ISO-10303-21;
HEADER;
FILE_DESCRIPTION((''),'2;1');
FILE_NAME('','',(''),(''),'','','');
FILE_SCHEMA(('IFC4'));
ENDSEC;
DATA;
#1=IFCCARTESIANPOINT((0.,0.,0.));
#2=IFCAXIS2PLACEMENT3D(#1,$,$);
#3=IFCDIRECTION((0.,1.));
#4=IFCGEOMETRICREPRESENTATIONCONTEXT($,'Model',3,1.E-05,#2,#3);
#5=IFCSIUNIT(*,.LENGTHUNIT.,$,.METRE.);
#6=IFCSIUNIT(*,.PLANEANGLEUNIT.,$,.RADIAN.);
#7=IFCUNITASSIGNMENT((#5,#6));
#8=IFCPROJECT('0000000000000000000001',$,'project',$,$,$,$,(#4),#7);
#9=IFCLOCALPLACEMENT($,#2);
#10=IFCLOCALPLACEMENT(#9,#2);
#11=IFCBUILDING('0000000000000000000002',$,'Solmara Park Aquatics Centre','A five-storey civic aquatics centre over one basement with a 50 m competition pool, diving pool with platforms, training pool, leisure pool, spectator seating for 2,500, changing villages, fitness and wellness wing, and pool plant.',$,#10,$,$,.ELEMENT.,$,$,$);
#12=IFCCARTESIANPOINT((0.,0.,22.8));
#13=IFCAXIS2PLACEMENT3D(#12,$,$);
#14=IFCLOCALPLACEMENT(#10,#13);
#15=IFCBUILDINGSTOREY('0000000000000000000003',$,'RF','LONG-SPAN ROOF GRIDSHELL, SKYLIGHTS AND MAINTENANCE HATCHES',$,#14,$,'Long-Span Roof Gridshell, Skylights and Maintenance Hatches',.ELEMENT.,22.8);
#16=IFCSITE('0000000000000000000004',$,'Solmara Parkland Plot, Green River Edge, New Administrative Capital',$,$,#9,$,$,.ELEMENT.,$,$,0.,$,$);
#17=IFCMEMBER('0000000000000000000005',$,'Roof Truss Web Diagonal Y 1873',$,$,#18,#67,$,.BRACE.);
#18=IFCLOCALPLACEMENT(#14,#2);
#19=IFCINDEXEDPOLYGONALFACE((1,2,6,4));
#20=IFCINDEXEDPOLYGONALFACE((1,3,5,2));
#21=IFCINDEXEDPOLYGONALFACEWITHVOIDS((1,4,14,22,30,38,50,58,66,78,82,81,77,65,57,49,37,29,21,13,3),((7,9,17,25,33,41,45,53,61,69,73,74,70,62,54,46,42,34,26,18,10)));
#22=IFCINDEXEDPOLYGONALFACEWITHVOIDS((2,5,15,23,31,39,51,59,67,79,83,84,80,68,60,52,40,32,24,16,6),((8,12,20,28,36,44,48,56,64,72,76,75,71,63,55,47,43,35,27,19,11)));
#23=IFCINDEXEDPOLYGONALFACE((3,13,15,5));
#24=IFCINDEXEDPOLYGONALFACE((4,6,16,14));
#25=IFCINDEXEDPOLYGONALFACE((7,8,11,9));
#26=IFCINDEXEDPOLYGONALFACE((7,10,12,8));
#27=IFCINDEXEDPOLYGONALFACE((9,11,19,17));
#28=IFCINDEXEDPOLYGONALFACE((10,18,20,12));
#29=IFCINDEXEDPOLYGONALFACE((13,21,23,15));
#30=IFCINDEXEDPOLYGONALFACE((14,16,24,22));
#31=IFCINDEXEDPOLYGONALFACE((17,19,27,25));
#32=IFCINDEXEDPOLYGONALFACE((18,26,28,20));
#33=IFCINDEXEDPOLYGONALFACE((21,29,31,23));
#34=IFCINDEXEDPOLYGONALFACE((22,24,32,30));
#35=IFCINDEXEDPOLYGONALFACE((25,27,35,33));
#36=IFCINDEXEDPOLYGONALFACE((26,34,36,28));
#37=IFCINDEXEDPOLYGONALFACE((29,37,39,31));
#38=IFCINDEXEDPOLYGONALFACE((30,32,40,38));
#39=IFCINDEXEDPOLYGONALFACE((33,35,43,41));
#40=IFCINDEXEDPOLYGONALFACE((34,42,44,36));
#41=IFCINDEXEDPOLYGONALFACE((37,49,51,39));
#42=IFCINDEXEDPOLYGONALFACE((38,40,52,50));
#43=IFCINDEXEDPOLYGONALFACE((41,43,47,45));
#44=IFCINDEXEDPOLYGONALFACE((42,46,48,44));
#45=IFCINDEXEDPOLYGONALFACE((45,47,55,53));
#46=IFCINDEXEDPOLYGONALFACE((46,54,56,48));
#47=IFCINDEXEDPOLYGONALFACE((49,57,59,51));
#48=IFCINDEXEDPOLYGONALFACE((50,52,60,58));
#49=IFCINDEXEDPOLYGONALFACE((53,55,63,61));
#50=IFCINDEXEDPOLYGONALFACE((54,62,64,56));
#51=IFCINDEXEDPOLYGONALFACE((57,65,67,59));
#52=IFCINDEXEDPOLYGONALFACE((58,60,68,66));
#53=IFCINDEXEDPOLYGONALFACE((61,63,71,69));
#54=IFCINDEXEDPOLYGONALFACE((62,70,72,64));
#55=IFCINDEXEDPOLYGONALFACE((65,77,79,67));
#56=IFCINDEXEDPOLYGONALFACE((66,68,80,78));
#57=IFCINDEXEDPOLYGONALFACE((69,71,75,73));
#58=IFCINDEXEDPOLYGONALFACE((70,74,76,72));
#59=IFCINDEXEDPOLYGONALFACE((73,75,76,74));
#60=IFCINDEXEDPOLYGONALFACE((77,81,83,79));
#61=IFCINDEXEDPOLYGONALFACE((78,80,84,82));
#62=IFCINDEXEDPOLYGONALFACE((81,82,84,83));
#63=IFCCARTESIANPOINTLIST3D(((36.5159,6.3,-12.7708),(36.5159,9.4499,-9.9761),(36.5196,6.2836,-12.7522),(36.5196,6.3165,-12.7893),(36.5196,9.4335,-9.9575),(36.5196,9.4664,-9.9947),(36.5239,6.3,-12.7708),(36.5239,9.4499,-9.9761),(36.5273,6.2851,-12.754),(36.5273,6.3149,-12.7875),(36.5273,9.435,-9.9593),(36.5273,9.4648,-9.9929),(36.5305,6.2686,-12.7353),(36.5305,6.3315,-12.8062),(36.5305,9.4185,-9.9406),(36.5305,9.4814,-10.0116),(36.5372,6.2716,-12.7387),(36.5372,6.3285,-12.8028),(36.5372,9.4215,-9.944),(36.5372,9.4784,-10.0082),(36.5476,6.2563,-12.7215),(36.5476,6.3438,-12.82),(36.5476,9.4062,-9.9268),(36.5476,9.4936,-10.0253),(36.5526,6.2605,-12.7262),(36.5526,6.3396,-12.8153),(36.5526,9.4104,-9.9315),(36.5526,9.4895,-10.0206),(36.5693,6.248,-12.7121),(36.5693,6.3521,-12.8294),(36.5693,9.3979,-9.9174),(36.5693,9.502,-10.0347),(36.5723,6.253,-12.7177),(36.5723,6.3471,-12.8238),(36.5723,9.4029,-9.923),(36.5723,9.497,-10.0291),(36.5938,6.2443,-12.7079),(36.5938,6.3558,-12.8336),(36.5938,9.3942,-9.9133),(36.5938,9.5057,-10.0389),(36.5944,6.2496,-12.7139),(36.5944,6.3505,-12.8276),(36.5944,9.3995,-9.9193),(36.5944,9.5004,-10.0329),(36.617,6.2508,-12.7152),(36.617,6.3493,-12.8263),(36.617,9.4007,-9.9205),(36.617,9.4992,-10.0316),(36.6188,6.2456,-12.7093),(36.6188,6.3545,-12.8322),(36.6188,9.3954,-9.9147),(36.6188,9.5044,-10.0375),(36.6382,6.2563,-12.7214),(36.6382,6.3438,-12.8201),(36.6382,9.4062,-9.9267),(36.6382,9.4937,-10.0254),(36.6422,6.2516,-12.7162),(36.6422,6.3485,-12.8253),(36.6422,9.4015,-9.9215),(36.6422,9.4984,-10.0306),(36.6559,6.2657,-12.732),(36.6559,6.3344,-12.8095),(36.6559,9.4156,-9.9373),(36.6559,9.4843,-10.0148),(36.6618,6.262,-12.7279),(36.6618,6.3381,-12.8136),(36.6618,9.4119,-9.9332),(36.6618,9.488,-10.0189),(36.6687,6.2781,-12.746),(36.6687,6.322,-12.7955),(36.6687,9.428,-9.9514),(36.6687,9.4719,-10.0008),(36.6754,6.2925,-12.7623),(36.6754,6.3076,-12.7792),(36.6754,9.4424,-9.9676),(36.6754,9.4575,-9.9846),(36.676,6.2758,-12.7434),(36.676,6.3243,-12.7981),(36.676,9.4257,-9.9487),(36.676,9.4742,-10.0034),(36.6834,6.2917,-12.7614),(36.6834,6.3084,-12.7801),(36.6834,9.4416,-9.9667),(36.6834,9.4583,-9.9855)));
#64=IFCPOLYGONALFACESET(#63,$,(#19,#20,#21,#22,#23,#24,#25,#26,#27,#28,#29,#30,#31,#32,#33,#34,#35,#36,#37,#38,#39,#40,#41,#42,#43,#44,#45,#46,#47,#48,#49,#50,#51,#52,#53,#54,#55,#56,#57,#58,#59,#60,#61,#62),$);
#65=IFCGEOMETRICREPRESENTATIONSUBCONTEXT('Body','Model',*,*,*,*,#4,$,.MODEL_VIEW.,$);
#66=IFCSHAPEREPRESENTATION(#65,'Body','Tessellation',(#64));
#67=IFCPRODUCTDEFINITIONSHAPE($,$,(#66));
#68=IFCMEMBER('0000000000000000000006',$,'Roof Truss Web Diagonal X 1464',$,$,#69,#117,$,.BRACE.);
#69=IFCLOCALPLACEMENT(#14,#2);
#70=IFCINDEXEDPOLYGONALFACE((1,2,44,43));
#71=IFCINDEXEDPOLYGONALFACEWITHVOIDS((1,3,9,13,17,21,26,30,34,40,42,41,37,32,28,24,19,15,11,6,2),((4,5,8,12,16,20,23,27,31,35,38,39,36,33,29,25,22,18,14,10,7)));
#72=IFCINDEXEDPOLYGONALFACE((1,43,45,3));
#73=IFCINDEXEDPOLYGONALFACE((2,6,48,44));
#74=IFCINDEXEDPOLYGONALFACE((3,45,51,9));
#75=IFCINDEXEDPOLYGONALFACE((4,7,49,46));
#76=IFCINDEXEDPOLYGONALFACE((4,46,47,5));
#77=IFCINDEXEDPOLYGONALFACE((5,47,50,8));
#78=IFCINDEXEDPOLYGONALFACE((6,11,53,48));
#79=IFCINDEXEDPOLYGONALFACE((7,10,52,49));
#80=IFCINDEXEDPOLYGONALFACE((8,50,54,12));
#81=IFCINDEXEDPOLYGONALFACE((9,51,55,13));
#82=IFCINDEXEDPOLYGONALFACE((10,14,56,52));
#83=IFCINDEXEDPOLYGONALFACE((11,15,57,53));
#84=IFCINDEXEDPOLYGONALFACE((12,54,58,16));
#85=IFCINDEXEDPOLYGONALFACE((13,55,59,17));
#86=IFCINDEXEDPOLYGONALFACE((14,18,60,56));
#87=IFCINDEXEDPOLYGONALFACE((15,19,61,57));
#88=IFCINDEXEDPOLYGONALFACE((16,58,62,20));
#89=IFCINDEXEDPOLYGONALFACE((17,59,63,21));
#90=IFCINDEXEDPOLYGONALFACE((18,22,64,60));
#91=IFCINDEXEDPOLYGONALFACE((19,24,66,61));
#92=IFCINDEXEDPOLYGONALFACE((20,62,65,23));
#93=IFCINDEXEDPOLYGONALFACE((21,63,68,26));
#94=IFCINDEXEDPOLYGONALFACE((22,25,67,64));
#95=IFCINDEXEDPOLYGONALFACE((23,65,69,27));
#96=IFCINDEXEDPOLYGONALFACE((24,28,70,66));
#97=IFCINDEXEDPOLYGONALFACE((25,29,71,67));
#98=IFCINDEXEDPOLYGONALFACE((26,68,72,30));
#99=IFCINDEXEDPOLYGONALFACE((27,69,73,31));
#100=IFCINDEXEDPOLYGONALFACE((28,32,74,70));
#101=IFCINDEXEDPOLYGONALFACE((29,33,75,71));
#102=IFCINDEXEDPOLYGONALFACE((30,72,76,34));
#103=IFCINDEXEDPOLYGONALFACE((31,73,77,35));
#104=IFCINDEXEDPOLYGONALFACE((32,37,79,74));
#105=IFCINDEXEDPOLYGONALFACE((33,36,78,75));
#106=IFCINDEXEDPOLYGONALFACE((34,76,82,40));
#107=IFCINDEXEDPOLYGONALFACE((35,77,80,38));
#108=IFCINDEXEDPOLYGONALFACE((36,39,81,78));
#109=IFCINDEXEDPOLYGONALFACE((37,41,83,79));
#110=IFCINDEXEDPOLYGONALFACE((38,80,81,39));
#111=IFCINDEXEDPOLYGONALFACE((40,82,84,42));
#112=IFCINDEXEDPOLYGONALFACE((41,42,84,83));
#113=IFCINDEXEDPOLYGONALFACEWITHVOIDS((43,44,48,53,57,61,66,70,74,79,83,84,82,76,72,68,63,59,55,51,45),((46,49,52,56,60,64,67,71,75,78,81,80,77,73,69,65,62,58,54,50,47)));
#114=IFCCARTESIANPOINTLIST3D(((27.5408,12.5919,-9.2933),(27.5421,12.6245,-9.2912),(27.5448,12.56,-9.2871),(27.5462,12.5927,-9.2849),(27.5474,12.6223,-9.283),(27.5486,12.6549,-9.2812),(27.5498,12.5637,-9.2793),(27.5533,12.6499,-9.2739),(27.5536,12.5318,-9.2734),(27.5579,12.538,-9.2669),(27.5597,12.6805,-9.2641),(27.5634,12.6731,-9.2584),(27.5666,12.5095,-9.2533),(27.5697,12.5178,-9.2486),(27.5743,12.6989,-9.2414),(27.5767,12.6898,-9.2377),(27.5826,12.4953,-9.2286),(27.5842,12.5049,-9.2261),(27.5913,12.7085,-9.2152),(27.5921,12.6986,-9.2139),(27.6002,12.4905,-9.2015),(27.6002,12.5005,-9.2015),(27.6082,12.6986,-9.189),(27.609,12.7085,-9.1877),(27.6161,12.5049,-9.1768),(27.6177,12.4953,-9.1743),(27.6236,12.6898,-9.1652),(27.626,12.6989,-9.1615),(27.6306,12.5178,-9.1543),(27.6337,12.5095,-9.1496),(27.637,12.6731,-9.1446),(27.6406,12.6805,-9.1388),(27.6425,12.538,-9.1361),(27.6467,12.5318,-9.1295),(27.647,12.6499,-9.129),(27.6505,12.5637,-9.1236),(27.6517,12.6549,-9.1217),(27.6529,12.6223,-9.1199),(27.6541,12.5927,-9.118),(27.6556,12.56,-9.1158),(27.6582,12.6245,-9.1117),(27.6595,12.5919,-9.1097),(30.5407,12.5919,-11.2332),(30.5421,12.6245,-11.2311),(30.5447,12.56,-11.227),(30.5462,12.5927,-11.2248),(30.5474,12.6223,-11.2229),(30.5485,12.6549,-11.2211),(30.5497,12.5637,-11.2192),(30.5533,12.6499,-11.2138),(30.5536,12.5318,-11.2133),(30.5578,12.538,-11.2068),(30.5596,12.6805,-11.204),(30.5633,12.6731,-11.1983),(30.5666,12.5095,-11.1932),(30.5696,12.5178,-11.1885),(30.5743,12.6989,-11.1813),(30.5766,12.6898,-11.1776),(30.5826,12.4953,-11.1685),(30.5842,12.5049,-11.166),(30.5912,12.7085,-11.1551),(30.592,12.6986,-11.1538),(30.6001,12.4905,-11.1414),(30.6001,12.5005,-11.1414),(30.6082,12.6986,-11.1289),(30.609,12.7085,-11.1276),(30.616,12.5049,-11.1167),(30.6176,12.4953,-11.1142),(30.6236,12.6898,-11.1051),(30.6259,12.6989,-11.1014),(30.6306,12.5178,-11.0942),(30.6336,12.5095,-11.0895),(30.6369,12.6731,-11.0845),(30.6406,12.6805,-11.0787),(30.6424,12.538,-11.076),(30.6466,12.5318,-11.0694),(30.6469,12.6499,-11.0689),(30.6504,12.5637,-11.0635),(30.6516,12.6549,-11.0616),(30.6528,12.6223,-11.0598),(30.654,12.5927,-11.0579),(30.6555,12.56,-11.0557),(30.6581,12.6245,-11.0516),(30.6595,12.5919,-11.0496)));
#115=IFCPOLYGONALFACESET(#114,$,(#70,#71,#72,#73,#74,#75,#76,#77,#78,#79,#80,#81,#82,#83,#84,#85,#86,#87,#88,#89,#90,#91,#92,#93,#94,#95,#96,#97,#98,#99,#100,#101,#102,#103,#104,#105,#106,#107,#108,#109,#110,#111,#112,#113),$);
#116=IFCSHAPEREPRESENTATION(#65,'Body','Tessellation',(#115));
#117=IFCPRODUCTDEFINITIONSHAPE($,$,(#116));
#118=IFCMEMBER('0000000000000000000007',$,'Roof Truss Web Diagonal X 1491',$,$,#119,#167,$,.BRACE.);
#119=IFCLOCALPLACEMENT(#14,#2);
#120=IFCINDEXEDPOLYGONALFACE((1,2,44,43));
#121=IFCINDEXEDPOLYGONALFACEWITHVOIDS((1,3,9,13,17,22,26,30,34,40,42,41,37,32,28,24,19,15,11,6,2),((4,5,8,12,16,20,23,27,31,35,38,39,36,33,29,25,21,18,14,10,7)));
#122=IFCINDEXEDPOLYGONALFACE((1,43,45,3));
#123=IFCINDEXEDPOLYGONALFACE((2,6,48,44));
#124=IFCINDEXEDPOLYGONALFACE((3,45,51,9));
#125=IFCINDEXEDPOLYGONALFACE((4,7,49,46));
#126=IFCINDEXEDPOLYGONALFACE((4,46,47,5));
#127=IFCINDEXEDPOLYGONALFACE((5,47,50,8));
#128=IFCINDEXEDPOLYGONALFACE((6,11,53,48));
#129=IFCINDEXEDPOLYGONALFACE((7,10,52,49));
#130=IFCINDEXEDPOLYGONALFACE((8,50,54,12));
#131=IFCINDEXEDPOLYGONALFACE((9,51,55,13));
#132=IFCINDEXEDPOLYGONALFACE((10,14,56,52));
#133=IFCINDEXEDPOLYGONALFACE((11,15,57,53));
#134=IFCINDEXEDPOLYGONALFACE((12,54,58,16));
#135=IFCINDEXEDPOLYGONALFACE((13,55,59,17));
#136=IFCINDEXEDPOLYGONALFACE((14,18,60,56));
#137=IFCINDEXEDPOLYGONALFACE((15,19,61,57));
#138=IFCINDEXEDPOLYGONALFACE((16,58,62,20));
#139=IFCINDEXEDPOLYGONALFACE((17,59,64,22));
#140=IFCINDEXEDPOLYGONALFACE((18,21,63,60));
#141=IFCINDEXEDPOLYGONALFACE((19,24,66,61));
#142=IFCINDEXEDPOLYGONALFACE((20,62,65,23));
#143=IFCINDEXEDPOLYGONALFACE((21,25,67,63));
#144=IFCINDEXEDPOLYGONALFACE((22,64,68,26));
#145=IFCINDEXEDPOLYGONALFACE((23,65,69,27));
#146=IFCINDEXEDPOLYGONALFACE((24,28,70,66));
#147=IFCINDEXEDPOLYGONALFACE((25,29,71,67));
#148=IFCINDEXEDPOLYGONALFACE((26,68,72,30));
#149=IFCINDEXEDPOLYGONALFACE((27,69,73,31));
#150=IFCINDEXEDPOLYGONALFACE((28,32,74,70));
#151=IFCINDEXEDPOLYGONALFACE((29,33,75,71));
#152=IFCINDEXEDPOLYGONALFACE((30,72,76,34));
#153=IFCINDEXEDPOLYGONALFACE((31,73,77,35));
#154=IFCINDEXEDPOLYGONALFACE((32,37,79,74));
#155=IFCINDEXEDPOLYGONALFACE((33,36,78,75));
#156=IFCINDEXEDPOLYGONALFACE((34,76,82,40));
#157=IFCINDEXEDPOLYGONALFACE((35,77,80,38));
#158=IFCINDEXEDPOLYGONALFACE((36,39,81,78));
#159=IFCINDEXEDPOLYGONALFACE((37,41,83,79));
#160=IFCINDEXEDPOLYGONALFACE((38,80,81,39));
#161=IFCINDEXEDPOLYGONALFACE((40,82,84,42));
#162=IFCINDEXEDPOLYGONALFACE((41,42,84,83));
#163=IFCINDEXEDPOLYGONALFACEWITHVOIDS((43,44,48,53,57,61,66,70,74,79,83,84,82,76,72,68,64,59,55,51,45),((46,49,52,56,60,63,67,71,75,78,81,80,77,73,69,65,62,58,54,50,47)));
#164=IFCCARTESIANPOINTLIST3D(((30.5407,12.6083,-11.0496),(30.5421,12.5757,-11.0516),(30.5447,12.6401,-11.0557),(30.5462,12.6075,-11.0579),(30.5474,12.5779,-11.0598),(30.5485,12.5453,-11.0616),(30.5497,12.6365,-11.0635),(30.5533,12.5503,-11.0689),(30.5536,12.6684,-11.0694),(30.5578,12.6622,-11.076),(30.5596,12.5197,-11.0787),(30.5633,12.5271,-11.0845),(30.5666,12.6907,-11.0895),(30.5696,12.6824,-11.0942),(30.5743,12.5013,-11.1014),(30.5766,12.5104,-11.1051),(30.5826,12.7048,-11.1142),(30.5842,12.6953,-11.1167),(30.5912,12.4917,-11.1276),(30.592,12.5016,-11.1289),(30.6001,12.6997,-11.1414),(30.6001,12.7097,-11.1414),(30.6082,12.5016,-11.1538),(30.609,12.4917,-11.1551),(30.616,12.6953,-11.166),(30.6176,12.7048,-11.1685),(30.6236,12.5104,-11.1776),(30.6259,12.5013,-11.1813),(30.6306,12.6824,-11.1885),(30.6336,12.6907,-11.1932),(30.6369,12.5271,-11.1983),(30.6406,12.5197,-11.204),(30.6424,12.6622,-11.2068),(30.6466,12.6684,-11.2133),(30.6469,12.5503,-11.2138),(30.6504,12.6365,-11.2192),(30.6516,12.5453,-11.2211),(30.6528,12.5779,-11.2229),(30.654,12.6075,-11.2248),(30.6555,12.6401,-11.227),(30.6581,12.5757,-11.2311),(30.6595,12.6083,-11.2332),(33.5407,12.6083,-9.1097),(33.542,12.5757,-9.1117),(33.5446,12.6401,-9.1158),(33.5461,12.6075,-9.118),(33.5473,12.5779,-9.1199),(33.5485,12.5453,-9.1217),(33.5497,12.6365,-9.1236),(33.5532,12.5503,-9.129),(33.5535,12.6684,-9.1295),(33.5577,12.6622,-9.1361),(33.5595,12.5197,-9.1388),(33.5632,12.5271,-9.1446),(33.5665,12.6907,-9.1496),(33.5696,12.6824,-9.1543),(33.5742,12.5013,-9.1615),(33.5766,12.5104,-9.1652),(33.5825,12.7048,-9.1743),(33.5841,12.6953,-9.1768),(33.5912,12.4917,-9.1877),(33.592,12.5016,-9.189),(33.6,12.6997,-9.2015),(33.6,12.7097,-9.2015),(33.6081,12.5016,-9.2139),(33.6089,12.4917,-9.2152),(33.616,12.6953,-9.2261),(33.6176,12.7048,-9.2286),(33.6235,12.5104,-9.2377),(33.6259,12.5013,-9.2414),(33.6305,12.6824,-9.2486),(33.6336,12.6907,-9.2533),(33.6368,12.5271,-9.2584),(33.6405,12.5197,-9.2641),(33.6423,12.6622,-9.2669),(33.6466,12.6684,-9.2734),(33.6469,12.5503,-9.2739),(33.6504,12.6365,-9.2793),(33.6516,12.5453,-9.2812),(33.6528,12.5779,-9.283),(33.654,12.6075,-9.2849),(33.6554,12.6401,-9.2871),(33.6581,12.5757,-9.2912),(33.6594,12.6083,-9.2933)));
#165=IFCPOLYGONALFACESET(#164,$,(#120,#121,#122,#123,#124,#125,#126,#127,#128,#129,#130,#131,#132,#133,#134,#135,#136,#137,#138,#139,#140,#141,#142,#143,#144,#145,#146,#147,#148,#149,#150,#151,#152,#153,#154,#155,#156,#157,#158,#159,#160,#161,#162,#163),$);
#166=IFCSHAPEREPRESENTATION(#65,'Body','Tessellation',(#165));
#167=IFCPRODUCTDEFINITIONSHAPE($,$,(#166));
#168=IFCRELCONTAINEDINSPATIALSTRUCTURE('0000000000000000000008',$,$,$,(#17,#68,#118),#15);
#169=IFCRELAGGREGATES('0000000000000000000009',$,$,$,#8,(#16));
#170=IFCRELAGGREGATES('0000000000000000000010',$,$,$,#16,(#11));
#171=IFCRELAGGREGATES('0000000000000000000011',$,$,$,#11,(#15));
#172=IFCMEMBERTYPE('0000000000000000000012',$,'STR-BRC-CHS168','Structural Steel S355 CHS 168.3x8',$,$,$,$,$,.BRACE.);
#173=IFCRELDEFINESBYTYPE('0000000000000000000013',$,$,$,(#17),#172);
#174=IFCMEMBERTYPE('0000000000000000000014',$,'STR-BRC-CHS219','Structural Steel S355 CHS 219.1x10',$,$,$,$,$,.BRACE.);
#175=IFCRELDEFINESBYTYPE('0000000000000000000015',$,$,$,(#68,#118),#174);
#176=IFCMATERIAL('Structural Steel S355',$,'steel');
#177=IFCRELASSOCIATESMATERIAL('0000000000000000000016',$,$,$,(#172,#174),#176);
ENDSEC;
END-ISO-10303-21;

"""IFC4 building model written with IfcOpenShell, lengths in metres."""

from ifc_helpers import new_model, si_unit, direction, frame, origin, origin_2d, place, context, subcontext, project, spatial, hollow_circle, extrude, material, material_profile, profile_set, type_object, element, save


model = new_model("IFC4")

# Units and contexts
model_context = context("Model", 3, precision=1e-05, world=origin(), true_north=direction((0.0, 1.0)))
body_context = subcontext(model_context, "Body", "Model", "MODEL_VIEW")
ifc_project = project(units=[si_unit("LENGTHUNIT", "METRE"), si_unit("PLANEANGLEUNIT", "RADIAN")], contexts=[model_context])

# Site, building, storey
site_placement = place(None, origin())
site = spatial("IfcSite", under=ifc_project, at=site_placement, Name="Solmara Parkland Plot, Green River Edge, New Administrative Capital", CompositionType="ELEMENT", RefElevation=0.0)
building_placement = place(site_placement, origin())
building = spatial("IfcBuilding", under=site, at=building_placement, Name="Solmara Park Aquatics Centre", Description="A five-storey civic aquatics centre over one basement with a 50 m competition pool, diving pool with platforms, training pool, leisure pool, spectator seating for 2,500, changing villages, fitness and wellness wing, and pool plant.", CompositionType="ELEMENT")
storey_placement = place(building_placement, frame((0.0, 0.0, 22.8)))
storey = spatial("IfcBuildingStorey", under=building, at=storey_placement, Name="RF", Description="LONG-SPAN ROOF GRIDSHELL, SKYLIGHTS AND MAINTENANCE HATCHES", LongName="Long-Span Roof Gridshell, Skylights and Maintenance Hatches", CompositionType="ELEMENT", Elevation=22.8)

# Members
ifc_material_1 = material(Name="Structural Steel S355", Category="steel")
ifc_material_profile_1 = material_profile(ifc_material_1, hollow_circle(Radius=0.0842, WallThickness=0.0081, at=origin_2d()), Name="CHS 168.3x8")
ifc_profile_set_1 = profile_set([ifc_material_profile_1], Name="Structural Steel S355")
member_type_1 = type_object("IfcMemberType", Name="STR-BRC-CHS168", Description="Structural Steel S355 CHS 168.3x8", PredefinedType="BRACE", material=ifc_profile_set_1)
member_1_placement = place(storey_placement, frame((36.6001, 6.3, -12.7708), z_axis=(0.0, 0.748026, 0.663669), x_axis=(-1.0, 0.0, 0.0)))
element("IfcMember", 1, at=member_1_placement, inside=storey, type_object=member_type_1, Name="Roof Truss Web Diagonal Y 1873", PredefinedType="BRACE", context=body_context, shape_type="SweptSolid", body=[
    extrude(hollow_circle(Radius=0.0842, WallThickness=0.0081, at=origin_2d()), origin(), (0.0, 0.0, 1.0), 4.2109),
])
ifc_material_profile_2 = material_profile(ifc_material_1, hollow_circle(Radius=0.1096, WallThickness=0.01, at=origin_2d()), Name="CHS 219.1x10")
ifc_profile_set_2 = profile_set([ifc_material_profile_2], Name="Structural Steel S355")
member_type_2 = type_object("IfcMemberType", Name="STR-BRC-CHS219", Description="Structural Steel S355 CHS 219.1x10", PredefinedType="BRACE", material=ifc_profile_set_2)
for number, where, z_axis, x_axis, name in (
    (2, (30.6001, 12.6001, -11.1414), (-0.839728, 0.0, 0.543008), (0.0, -1.0, 0.0), "Roof Truss Web Diagonal X 1464"),
    (3, (30.6001, 12.6001, -11.1414), (0.839728, 0.0, 0.543008), (0.0, 1.0, 0.0), "Roof Truss Web Diagonal X 1491"),
):
    element("IfcMember", number, at=place(storey_placement, frame(where, z_axis=z_axis, x_axis=x_axis)), inside=storey, type_object=member_type_2, Name=name, PredefinedType="BRACE", context=body_context, shape_type="SweptSolid", body=[
        extrude(hollow_circle(Radius=0.1096, WallThickness=0.01, at=origin_2d()), origin(), (0.0, 0.0, 1.0), 3.5725),
    ])

save(model, "model.ifc")
